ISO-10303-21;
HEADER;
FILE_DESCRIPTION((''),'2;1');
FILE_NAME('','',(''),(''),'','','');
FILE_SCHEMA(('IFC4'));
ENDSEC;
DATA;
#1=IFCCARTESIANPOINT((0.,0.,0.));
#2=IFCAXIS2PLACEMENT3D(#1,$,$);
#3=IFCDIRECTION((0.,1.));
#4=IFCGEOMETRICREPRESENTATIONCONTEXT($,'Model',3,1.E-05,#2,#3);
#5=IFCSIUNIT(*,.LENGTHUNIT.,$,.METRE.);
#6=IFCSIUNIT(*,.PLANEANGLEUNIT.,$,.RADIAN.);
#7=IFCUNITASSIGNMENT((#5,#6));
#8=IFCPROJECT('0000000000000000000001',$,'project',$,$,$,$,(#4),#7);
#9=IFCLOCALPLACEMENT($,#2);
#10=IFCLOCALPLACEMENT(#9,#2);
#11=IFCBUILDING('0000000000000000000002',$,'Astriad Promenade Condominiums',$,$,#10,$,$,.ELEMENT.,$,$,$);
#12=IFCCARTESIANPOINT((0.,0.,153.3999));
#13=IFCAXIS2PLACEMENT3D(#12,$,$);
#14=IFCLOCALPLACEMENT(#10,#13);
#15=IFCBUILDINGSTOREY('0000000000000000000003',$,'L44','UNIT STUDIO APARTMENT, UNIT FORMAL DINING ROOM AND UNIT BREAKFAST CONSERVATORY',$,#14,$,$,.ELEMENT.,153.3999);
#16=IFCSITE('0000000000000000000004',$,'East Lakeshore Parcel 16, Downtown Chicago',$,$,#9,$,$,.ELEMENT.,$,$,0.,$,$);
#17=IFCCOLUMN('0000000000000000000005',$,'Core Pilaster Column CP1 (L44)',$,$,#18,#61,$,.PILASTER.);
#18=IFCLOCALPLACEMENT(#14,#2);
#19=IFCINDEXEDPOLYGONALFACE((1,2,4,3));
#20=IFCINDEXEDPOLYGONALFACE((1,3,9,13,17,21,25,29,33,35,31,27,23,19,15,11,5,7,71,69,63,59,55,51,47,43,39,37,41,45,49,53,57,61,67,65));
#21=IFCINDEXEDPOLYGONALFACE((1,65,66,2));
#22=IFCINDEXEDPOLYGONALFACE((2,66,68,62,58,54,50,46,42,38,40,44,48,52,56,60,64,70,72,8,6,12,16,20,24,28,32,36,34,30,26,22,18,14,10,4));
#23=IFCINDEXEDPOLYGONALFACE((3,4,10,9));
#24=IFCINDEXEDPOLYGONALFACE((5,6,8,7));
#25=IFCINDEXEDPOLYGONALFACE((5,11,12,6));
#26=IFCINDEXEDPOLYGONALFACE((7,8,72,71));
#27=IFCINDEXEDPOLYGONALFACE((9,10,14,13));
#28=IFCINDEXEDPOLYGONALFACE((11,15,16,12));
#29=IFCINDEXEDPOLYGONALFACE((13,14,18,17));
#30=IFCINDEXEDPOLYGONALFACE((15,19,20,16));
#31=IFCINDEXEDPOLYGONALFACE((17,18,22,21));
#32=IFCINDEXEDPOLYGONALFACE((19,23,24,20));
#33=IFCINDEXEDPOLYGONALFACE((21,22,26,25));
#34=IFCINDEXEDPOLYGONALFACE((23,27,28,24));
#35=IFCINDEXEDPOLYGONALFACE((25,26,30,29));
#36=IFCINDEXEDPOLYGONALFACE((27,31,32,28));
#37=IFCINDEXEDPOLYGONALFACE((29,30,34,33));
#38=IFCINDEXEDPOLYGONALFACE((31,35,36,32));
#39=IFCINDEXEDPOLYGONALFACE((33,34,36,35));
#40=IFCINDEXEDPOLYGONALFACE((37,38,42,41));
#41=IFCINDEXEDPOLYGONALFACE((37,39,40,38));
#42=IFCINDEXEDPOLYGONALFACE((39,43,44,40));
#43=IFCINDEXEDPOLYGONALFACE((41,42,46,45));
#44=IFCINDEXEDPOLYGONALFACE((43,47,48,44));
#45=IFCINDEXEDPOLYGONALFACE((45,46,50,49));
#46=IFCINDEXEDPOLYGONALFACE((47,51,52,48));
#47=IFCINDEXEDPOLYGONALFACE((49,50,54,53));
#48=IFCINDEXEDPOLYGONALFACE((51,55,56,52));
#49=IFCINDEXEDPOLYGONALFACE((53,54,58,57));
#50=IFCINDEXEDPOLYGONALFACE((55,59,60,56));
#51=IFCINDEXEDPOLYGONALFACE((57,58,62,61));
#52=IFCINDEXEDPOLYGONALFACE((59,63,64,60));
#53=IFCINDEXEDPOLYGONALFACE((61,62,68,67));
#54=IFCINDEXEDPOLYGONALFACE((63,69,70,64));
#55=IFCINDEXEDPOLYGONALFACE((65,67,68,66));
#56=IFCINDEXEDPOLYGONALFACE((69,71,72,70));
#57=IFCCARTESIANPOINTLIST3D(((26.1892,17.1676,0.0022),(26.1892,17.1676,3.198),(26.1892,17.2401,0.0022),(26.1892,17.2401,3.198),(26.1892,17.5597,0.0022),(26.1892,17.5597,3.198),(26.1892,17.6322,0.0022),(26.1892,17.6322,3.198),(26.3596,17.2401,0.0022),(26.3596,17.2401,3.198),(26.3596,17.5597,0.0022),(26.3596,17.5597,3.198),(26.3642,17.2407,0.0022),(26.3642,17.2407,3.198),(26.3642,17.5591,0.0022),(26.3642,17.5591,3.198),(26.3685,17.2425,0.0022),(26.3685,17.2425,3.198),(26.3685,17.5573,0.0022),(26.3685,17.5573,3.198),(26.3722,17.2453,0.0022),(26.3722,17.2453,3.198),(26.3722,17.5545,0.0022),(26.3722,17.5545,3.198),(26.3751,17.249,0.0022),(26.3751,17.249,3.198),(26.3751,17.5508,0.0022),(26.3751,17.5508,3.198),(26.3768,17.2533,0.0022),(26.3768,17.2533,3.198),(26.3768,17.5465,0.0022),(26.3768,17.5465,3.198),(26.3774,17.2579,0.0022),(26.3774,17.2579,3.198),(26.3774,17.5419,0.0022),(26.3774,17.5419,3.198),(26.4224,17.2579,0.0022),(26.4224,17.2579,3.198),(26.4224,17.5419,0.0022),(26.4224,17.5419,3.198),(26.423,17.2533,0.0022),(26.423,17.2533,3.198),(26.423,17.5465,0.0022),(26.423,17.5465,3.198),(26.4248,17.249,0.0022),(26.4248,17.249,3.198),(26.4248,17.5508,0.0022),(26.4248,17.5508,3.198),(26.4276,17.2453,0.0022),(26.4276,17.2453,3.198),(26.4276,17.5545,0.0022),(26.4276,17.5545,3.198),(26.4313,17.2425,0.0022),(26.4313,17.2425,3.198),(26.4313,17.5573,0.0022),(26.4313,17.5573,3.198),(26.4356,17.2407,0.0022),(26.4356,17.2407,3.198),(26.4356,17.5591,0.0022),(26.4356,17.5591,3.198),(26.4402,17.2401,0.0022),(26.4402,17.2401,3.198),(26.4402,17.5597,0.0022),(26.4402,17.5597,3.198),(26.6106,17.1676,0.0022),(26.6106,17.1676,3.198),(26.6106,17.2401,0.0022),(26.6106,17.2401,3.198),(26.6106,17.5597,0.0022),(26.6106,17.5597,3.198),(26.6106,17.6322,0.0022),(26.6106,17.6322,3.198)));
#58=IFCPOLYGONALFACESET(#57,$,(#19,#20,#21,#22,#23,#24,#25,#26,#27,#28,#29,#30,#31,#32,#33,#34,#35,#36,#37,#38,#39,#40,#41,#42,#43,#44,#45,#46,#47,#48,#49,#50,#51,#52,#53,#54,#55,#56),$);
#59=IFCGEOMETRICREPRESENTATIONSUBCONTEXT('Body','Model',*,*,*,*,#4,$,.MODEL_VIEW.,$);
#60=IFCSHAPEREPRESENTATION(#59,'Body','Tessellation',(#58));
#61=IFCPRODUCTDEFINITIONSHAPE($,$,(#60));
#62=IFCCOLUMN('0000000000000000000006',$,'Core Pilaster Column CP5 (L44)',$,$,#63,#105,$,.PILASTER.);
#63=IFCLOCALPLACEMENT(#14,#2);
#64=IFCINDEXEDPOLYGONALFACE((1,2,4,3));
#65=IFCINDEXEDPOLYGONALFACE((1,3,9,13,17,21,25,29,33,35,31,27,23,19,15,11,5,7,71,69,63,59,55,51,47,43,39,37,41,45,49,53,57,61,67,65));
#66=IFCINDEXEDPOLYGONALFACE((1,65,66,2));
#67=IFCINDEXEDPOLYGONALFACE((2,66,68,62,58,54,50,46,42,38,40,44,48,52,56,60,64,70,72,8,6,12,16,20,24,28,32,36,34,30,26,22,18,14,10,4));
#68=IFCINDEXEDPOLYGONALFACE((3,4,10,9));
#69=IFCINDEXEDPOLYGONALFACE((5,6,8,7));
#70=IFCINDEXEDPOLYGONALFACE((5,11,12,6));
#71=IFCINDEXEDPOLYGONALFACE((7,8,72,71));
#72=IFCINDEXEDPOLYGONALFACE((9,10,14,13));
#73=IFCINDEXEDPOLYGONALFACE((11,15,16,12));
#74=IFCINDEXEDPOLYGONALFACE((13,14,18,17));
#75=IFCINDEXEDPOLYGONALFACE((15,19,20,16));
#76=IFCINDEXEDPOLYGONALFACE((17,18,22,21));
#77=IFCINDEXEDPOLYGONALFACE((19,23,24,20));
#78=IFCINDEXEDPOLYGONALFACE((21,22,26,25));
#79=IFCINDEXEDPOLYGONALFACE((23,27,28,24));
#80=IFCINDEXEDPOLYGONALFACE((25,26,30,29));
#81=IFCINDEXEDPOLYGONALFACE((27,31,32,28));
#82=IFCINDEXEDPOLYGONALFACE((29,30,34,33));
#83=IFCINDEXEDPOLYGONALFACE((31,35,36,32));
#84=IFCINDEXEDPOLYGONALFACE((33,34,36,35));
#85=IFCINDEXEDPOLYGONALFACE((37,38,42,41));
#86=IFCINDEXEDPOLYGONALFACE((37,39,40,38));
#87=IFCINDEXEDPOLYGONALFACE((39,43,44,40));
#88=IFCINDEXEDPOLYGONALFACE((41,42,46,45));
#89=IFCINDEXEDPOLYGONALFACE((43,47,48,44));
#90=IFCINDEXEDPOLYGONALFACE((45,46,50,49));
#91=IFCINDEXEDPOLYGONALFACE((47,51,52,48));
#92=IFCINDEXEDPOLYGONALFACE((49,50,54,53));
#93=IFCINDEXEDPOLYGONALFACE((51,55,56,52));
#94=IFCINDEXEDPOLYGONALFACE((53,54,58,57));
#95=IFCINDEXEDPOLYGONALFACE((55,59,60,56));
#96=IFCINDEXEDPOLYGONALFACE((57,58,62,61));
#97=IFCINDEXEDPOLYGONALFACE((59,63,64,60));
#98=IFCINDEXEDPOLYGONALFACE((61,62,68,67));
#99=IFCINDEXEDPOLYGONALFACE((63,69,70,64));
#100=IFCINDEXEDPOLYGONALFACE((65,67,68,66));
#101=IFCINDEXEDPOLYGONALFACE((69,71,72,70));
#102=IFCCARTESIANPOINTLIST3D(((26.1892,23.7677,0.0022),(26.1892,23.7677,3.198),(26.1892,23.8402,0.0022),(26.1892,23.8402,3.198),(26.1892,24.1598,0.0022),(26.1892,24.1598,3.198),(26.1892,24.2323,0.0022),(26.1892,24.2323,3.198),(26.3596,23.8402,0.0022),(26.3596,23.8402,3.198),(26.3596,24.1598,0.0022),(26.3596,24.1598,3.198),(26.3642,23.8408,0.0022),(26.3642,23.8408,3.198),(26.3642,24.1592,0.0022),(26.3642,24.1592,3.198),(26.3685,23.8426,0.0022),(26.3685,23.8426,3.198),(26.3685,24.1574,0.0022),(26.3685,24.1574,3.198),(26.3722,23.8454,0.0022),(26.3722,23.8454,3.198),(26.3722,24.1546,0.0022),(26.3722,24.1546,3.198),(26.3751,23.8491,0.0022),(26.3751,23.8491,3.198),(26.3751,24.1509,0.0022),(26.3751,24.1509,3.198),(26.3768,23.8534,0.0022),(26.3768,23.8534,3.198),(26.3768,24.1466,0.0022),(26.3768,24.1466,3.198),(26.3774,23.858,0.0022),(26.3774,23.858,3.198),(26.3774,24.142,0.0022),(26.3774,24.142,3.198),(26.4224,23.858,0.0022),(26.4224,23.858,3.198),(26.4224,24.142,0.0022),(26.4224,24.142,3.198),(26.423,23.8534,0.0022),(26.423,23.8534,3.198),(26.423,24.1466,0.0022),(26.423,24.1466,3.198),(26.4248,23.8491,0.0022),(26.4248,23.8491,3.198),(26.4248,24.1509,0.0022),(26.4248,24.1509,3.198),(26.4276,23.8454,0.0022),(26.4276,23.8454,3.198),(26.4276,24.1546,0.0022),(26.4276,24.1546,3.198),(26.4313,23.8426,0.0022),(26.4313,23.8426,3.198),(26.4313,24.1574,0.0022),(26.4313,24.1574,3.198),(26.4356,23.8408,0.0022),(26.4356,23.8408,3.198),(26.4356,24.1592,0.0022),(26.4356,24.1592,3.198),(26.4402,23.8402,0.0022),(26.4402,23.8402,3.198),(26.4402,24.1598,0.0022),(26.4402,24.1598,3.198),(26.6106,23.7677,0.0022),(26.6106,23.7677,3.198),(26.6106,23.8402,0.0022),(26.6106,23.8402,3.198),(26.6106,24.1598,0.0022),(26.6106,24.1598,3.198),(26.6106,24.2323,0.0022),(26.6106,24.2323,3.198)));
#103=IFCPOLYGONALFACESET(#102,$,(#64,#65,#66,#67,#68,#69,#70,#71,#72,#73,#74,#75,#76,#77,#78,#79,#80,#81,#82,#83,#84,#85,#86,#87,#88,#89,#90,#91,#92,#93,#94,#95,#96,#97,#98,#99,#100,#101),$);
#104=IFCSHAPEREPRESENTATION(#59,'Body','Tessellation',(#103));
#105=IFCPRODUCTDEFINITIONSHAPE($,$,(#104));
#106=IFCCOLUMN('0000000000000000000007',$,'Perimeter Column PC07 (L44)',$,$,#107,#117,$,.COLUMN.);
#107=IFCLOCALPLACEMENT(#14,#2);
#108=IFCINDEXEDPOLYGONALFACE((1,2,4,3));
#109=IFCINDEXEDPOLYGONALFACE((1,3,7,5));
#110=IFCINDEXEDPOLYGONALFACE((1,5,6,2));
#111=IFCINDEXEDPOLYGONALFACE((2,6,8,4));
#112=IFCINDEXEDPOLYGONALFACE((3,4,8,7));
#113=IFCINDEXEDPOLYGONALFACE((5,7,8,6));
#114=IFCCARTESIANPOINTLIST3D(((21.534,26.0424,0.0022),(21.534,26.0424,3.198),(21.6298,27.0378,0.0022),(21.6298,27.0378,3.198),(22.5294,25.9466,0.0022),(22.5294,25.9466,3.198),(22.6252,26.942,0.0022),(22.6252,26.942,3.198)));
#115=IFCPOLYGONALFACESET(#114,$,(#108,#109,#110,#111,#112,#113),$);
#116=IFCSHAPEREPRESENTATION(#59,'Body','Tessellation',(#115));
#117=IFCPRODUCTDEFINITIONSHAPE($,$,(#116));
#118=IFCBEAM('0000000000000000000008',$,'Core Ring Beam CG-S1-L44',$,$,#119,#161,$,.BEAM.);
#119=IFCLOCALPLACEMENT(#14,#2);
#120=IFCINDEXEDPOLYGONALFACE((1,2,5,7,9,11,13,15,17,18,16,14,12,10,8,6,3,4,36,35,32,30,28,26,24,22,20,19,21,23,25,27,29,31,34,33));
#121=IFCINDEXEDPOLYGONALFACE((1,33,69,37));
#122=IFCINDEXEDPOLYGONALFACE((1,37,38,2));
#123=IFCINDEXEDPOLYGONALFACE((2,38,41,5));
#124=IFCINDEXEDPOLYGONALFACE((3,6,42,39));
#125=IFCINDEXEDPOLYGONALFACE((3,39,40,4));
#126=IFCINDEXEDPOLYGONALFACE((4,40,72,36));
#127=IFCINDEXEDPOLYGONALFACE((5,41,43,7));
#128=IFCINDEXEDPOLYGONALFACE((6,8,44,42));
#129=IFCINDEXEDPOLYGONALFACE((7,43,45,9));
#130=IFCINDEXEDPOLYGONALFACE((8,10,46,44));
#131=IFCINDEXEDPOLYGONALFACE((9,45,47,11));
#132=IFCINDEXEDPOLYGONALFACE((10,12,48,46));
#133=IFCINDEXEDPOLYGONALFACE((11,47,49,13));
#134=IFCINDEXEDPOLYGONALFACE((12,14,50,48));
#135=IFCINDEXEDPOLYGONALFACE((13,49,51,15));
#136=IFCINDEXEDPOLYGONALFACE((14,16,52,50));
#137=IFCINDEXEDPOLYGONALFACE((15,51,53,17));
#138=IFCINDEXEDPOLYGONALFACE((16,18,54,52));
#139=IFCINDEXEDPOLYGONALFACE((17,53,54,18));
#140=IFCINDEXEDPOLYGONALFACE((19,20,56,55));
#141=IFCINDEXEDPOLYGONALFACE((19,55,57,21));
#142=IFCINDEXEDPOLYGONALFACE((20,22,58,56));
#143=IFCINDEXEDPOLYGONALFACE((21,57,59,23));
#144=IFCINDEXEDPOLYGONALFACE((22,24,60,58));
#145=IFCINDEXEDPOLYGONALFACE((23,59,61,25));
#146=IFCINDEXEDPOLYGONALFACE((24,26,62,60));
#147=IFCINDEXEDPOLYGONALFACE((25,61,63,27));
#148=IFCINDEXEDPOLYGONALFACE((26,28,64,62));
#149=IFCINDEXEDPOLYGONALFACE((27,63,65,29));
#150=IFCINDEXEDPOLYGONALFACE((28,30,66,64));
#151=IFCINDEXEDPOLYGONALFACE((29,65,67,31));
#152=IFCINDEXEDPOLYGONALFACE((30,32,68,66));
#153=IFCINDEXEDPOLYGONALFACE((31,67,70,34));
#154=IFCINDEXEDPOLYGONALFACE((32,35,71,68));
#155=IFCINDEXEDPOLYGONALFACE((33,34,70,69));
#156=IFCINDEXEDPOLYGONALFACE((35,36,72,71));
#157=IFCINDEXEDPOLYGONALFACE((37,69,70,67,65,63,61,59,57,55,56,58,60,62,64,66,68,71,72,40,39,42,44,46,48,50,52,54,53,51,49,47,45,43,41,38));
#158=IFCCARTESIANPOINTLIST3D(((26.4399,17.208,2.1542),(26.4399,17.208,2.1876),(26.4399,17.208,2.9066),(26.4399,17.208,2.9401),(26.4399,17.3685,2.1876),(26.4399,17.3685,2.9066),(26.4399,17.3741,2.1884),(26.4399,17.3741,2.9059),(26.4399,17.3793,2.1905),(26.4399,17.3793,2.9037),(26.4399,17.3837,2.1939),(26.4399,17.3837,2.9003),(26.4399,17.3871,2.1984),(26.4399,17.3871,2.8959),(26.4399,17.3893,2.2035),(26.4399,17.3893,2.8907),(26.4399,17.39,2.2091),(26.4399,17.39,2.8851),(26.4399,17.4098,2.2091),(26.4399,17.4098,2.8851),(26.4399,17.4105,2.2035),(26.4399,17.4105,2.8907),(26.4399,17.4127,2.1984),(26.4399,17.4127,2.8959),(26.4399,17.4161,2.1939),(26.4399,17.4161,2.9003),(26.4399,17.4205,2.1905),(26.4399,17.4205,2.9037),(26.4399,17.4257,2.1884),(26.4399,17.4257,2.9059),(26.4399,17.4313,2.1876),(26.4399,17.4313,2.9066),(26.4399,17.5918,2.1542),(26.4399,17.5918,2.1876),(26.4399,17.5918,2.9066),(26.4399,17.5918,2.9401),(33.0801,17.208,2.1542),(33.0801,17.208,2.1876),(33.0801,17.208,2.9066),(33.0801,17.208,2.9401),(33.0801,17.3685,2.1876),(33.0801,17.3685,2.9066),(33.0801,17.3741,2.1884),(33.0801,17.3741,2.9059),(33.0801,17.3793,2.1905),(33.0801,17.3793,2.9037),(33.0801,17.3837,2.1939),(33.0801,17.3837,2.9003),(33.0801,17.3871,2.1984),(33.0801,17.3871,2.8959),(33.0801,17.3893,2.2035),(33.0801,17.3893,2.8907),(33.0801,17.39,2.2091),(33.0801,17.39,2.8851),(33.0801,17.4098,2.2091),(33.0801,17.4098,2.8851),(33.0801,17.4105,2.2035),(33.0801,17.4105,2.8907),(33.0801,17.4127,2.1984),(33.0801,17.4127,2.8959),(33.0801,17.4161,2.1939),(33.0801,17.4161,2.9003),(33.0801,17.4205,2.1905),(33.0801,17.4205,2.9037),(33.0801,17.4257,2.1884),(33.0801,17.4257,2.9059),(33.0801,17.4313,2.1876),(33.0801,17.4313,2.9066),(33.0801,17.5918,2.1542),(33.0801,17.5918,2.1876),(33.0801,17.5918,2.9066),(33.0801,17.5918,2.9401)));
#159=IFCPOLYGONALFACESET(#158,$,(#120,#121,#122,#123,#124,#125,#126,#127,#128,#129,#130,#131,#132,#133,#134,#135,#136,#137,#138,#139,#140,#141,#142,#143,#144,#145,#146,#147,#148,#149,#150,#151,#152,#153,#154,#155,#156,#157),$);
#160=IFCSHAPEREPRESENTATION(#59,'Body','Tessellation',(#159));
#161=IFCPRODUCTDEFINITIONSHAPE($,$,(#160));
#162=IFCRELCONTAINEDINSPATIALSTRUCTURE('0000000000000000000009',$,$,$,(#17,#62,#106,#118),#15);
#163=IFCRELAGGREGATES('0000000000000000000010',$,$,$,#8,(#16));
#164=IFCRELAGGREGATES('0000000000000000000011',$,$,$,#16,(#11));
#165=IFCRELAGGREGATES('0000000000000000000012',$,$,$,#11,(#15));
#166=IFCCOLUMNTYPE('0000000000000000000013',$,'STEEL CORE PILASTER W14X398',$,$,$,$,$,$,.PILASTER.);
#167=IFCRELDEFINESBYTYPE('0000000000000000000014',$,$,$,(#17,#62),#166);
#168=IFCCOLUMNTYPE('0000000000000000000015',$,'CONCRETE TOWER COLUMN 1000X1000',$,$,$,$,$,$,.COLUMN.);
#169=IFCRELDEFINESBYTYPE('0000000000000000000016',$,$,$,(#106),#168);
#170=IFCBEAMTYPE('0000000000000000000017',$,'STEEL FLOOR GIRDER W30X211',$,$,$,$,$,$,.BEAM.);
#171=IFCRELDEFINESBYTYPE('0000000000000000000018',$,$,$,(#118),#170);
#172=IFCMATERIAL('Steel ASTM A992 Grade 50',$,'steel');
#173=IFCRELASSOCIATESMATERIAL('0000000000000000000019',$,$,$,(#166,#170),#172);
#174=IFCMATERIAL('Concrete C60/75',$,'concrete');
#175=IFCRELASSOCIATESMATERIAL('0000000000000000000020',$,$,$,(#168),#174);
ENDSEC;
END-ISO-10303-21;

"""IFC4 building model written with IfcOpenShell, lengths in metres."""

from ifc_helpers import new_model, si_unit, direction, frame, origin, origin_2d, place, context, subcontext, project, spatial, rectangle, i_section, extrude, source, transform, mapped, material, material_profile, profile_set, type_object, type_shapes, element, save


model = new_model("IFC4")

# Units and contexts
model_context = context("Model", 3, precision=1e-05, world=origin(), true_north=direction((0.0, 1.0)))
body_context = subcontext(model_context, "Body", "Model", "MODEL_VIEW")
ifc_project = project(units=[si_unit("LENGTHUNIT", "METRE"), si_unit("PLANEANGLEUNIT", "RADIAN")], contexts=[model_context])

# Site, building, storey
site_placement = place(None, origin())
site = spatial("IfcSite", under=ifc_project, at=site_placement, Name="East Lakeshore Parcel 16, Downtown Chicago", CompositionType="ELEMENT", RefElevation=0.0)
building_placement = place(site_placement, origin())
building = spatial("IfcBuilding", under=site, at=building_placement, Name="Astriad Promenade Condominiums", CompositionType="ELEMENT")
storey_placement = place(building_placement, frame((0.0, 0.0, 153.3999)))
storey = spatial("IfcBuildingStorey", under=building, at=storey_placement, Name="L44", Description="UNIT STUDIO APARTMENT, UNIT FORMAL DINING ROOM AND UNIT BREAKFAST CONSERVATORY", CompositionType="ELEMENT", Elevation=153.3999)

# Columns
ifc_material_1 = material(Name="Steel ASTM A992 Grade 50", Category="steel")
ifc_material_profile_1 = material_profile(ifc_material_1, i_section(OverallWidth=0.4214, OverallDepth=0.4646, WebThickness=0.0449, FlangeThickness=0.0725, FilletRadius=0.0178, at=origin_2d()), Name="W14X398")
ifc_profile_set_1 = profile_set([ifc_material_profile_1], Name="Steel ASTM A992 Grade 50")
column_type_1 = type_object("IfcColumnType", Name="STEEL CORE PILASTER W14X398", PredefinedType="PILASTER", material=ifc_profile_set_1)
shared_shape_1 = source(origin(), body_context, "Body", "SweptSolid", [
    extrude(i_section(OverallWidth=0.4214, OverallDepth=0.4646, WebThickness=0.0449, FlangeThickness=0.0725, FilletRadius=0.0178, at=origin_2d()), origin(), (0.0, 0.0, 1.0), 3.1958),
])
type_shapes(column_type_1, [shared_shape_1])
for number, where, z_axis, x_axis, name in (
    (1, (26.3999, 17.3999, 0.0022), (0.0, 0.0, 1.0), (1.0, 0.0, 0.0), "Core Pilaster Column CP1 (L44)"),
    (2, (26.3999, 24.0, 0.0022), (0.0, 0.0, 1.0), (1.0, 0.0, 0.0), "Core Pilaster Column CP5 (L44)"),
):
    element("IfcColumn", number, at=place(storey_placement, frame(where, z_axis=z_axis, x_axis=x_axis)), inside=storey, type_object=column_type_1, Name=name, PredefinedType="PILASTER", context=body_context, shape_type="MappedRepresentation", body=[
        mapped(shared_shape_1, transform((0.0, 0.0, 0.0), scale=1.0)),
    ])
ifc_material_2 = material(Name="Concrete C60/75", Category="concrete")
ifc_material_profile_2 = material_profile(ifc_material_2, rectangle(XDim=1.0, YDim=1.0, at=origin_2d()), Name="RC-COL-1000X1000")
ifc_profile_set_2 = profile_set([ifc_material_profile_2], Name="Concrete C60/75")
column_type_2 = type_object("IfcColumnType", Name="CONCRETE TOWER COLUMN 1000X1000", PredefinedType="COLUMN", material=ifc_profile_set_2)
shared_shape_2 = source(origin(), body_context, "Body", "SweptSolid", [
    extrude(rectangle(XDim=1.0, YDim=1.0, at=origin_2d()), origin(), (0.0, 0.0, 1.0), 3.1958),
])
type_shapes(column_type_2, [shared_shape_2])
column_placement = place(storey_placement, frame((22.0796, 26.4922, 0.0022), z_axis=(0.0, 0.0, 1.0), x_axis=(0.995396, -0.095846, 0.0)))
element("IfcColumn", 3, at=column_placement, inside=storey, type_object=column_type_2, Name="Perimeter Column PC07 (L44)", PredefinedType="COLUMN", context=body_context, shape_type="MappedRepresentation", body=[
    mapped(shared_shape_2, transform((0.0, 0.0, 0.0), scale=1.0)),
])

# Beam
ifc_material_profile_3 = material_profile(ifc_material_1, i_section(OverallWidth=0.3838, OverallDepth=0.7859, WebThickness=0.0198, FlangeThickness=0.0334, FilletRadius=0.0215, at=origin_2d()), Name="W30X211")
ifc_profile_set_3 = profile_set([ifc_material_profile_3], Name="Steel ASTM A992 Grade 50")
beam_type_1 = type_object("IfcBeamType", Name="STEEL FLOOR GIRDER W30X211", PredefinedType="BEAM", material=ifc_profile_set_3)
shared_shape_3 = source(origin(), body_context, "Body", "SweptSolid", [
    extrude(i_section(OverallWidth=0.3838, OverallDepth=0.7859, WebThickness=0.0198, FlangeThickness=0.0334, FilletRadius=0.0215, at=origin_2d()), origin(), (0.0, 0.0, 1.0), 6.6401),
])
type_shapes(beam_type_1, [shared_shape_3])
beam_1_placement = place(storey_placement, frame((26.4399, 17.3999, 2.5471), z_axis=(1.0, 0.0, 0.0), x_axis=(0.0, 1.0, 0.0)))
element("IfcBeam", 4, at=beam_1_placement, inside=storey, type_object=beam_type_1, Name="Core Ring Beam CG-S1-L44", PredefinedType="BEAM", context=body_context, shape_type="MappedRepresentation", body=[
    mapped(shared_shape_3, transform((0.0, 0.0, 0.0), scale=1.0)),
])

save(model, "model.ifc")
